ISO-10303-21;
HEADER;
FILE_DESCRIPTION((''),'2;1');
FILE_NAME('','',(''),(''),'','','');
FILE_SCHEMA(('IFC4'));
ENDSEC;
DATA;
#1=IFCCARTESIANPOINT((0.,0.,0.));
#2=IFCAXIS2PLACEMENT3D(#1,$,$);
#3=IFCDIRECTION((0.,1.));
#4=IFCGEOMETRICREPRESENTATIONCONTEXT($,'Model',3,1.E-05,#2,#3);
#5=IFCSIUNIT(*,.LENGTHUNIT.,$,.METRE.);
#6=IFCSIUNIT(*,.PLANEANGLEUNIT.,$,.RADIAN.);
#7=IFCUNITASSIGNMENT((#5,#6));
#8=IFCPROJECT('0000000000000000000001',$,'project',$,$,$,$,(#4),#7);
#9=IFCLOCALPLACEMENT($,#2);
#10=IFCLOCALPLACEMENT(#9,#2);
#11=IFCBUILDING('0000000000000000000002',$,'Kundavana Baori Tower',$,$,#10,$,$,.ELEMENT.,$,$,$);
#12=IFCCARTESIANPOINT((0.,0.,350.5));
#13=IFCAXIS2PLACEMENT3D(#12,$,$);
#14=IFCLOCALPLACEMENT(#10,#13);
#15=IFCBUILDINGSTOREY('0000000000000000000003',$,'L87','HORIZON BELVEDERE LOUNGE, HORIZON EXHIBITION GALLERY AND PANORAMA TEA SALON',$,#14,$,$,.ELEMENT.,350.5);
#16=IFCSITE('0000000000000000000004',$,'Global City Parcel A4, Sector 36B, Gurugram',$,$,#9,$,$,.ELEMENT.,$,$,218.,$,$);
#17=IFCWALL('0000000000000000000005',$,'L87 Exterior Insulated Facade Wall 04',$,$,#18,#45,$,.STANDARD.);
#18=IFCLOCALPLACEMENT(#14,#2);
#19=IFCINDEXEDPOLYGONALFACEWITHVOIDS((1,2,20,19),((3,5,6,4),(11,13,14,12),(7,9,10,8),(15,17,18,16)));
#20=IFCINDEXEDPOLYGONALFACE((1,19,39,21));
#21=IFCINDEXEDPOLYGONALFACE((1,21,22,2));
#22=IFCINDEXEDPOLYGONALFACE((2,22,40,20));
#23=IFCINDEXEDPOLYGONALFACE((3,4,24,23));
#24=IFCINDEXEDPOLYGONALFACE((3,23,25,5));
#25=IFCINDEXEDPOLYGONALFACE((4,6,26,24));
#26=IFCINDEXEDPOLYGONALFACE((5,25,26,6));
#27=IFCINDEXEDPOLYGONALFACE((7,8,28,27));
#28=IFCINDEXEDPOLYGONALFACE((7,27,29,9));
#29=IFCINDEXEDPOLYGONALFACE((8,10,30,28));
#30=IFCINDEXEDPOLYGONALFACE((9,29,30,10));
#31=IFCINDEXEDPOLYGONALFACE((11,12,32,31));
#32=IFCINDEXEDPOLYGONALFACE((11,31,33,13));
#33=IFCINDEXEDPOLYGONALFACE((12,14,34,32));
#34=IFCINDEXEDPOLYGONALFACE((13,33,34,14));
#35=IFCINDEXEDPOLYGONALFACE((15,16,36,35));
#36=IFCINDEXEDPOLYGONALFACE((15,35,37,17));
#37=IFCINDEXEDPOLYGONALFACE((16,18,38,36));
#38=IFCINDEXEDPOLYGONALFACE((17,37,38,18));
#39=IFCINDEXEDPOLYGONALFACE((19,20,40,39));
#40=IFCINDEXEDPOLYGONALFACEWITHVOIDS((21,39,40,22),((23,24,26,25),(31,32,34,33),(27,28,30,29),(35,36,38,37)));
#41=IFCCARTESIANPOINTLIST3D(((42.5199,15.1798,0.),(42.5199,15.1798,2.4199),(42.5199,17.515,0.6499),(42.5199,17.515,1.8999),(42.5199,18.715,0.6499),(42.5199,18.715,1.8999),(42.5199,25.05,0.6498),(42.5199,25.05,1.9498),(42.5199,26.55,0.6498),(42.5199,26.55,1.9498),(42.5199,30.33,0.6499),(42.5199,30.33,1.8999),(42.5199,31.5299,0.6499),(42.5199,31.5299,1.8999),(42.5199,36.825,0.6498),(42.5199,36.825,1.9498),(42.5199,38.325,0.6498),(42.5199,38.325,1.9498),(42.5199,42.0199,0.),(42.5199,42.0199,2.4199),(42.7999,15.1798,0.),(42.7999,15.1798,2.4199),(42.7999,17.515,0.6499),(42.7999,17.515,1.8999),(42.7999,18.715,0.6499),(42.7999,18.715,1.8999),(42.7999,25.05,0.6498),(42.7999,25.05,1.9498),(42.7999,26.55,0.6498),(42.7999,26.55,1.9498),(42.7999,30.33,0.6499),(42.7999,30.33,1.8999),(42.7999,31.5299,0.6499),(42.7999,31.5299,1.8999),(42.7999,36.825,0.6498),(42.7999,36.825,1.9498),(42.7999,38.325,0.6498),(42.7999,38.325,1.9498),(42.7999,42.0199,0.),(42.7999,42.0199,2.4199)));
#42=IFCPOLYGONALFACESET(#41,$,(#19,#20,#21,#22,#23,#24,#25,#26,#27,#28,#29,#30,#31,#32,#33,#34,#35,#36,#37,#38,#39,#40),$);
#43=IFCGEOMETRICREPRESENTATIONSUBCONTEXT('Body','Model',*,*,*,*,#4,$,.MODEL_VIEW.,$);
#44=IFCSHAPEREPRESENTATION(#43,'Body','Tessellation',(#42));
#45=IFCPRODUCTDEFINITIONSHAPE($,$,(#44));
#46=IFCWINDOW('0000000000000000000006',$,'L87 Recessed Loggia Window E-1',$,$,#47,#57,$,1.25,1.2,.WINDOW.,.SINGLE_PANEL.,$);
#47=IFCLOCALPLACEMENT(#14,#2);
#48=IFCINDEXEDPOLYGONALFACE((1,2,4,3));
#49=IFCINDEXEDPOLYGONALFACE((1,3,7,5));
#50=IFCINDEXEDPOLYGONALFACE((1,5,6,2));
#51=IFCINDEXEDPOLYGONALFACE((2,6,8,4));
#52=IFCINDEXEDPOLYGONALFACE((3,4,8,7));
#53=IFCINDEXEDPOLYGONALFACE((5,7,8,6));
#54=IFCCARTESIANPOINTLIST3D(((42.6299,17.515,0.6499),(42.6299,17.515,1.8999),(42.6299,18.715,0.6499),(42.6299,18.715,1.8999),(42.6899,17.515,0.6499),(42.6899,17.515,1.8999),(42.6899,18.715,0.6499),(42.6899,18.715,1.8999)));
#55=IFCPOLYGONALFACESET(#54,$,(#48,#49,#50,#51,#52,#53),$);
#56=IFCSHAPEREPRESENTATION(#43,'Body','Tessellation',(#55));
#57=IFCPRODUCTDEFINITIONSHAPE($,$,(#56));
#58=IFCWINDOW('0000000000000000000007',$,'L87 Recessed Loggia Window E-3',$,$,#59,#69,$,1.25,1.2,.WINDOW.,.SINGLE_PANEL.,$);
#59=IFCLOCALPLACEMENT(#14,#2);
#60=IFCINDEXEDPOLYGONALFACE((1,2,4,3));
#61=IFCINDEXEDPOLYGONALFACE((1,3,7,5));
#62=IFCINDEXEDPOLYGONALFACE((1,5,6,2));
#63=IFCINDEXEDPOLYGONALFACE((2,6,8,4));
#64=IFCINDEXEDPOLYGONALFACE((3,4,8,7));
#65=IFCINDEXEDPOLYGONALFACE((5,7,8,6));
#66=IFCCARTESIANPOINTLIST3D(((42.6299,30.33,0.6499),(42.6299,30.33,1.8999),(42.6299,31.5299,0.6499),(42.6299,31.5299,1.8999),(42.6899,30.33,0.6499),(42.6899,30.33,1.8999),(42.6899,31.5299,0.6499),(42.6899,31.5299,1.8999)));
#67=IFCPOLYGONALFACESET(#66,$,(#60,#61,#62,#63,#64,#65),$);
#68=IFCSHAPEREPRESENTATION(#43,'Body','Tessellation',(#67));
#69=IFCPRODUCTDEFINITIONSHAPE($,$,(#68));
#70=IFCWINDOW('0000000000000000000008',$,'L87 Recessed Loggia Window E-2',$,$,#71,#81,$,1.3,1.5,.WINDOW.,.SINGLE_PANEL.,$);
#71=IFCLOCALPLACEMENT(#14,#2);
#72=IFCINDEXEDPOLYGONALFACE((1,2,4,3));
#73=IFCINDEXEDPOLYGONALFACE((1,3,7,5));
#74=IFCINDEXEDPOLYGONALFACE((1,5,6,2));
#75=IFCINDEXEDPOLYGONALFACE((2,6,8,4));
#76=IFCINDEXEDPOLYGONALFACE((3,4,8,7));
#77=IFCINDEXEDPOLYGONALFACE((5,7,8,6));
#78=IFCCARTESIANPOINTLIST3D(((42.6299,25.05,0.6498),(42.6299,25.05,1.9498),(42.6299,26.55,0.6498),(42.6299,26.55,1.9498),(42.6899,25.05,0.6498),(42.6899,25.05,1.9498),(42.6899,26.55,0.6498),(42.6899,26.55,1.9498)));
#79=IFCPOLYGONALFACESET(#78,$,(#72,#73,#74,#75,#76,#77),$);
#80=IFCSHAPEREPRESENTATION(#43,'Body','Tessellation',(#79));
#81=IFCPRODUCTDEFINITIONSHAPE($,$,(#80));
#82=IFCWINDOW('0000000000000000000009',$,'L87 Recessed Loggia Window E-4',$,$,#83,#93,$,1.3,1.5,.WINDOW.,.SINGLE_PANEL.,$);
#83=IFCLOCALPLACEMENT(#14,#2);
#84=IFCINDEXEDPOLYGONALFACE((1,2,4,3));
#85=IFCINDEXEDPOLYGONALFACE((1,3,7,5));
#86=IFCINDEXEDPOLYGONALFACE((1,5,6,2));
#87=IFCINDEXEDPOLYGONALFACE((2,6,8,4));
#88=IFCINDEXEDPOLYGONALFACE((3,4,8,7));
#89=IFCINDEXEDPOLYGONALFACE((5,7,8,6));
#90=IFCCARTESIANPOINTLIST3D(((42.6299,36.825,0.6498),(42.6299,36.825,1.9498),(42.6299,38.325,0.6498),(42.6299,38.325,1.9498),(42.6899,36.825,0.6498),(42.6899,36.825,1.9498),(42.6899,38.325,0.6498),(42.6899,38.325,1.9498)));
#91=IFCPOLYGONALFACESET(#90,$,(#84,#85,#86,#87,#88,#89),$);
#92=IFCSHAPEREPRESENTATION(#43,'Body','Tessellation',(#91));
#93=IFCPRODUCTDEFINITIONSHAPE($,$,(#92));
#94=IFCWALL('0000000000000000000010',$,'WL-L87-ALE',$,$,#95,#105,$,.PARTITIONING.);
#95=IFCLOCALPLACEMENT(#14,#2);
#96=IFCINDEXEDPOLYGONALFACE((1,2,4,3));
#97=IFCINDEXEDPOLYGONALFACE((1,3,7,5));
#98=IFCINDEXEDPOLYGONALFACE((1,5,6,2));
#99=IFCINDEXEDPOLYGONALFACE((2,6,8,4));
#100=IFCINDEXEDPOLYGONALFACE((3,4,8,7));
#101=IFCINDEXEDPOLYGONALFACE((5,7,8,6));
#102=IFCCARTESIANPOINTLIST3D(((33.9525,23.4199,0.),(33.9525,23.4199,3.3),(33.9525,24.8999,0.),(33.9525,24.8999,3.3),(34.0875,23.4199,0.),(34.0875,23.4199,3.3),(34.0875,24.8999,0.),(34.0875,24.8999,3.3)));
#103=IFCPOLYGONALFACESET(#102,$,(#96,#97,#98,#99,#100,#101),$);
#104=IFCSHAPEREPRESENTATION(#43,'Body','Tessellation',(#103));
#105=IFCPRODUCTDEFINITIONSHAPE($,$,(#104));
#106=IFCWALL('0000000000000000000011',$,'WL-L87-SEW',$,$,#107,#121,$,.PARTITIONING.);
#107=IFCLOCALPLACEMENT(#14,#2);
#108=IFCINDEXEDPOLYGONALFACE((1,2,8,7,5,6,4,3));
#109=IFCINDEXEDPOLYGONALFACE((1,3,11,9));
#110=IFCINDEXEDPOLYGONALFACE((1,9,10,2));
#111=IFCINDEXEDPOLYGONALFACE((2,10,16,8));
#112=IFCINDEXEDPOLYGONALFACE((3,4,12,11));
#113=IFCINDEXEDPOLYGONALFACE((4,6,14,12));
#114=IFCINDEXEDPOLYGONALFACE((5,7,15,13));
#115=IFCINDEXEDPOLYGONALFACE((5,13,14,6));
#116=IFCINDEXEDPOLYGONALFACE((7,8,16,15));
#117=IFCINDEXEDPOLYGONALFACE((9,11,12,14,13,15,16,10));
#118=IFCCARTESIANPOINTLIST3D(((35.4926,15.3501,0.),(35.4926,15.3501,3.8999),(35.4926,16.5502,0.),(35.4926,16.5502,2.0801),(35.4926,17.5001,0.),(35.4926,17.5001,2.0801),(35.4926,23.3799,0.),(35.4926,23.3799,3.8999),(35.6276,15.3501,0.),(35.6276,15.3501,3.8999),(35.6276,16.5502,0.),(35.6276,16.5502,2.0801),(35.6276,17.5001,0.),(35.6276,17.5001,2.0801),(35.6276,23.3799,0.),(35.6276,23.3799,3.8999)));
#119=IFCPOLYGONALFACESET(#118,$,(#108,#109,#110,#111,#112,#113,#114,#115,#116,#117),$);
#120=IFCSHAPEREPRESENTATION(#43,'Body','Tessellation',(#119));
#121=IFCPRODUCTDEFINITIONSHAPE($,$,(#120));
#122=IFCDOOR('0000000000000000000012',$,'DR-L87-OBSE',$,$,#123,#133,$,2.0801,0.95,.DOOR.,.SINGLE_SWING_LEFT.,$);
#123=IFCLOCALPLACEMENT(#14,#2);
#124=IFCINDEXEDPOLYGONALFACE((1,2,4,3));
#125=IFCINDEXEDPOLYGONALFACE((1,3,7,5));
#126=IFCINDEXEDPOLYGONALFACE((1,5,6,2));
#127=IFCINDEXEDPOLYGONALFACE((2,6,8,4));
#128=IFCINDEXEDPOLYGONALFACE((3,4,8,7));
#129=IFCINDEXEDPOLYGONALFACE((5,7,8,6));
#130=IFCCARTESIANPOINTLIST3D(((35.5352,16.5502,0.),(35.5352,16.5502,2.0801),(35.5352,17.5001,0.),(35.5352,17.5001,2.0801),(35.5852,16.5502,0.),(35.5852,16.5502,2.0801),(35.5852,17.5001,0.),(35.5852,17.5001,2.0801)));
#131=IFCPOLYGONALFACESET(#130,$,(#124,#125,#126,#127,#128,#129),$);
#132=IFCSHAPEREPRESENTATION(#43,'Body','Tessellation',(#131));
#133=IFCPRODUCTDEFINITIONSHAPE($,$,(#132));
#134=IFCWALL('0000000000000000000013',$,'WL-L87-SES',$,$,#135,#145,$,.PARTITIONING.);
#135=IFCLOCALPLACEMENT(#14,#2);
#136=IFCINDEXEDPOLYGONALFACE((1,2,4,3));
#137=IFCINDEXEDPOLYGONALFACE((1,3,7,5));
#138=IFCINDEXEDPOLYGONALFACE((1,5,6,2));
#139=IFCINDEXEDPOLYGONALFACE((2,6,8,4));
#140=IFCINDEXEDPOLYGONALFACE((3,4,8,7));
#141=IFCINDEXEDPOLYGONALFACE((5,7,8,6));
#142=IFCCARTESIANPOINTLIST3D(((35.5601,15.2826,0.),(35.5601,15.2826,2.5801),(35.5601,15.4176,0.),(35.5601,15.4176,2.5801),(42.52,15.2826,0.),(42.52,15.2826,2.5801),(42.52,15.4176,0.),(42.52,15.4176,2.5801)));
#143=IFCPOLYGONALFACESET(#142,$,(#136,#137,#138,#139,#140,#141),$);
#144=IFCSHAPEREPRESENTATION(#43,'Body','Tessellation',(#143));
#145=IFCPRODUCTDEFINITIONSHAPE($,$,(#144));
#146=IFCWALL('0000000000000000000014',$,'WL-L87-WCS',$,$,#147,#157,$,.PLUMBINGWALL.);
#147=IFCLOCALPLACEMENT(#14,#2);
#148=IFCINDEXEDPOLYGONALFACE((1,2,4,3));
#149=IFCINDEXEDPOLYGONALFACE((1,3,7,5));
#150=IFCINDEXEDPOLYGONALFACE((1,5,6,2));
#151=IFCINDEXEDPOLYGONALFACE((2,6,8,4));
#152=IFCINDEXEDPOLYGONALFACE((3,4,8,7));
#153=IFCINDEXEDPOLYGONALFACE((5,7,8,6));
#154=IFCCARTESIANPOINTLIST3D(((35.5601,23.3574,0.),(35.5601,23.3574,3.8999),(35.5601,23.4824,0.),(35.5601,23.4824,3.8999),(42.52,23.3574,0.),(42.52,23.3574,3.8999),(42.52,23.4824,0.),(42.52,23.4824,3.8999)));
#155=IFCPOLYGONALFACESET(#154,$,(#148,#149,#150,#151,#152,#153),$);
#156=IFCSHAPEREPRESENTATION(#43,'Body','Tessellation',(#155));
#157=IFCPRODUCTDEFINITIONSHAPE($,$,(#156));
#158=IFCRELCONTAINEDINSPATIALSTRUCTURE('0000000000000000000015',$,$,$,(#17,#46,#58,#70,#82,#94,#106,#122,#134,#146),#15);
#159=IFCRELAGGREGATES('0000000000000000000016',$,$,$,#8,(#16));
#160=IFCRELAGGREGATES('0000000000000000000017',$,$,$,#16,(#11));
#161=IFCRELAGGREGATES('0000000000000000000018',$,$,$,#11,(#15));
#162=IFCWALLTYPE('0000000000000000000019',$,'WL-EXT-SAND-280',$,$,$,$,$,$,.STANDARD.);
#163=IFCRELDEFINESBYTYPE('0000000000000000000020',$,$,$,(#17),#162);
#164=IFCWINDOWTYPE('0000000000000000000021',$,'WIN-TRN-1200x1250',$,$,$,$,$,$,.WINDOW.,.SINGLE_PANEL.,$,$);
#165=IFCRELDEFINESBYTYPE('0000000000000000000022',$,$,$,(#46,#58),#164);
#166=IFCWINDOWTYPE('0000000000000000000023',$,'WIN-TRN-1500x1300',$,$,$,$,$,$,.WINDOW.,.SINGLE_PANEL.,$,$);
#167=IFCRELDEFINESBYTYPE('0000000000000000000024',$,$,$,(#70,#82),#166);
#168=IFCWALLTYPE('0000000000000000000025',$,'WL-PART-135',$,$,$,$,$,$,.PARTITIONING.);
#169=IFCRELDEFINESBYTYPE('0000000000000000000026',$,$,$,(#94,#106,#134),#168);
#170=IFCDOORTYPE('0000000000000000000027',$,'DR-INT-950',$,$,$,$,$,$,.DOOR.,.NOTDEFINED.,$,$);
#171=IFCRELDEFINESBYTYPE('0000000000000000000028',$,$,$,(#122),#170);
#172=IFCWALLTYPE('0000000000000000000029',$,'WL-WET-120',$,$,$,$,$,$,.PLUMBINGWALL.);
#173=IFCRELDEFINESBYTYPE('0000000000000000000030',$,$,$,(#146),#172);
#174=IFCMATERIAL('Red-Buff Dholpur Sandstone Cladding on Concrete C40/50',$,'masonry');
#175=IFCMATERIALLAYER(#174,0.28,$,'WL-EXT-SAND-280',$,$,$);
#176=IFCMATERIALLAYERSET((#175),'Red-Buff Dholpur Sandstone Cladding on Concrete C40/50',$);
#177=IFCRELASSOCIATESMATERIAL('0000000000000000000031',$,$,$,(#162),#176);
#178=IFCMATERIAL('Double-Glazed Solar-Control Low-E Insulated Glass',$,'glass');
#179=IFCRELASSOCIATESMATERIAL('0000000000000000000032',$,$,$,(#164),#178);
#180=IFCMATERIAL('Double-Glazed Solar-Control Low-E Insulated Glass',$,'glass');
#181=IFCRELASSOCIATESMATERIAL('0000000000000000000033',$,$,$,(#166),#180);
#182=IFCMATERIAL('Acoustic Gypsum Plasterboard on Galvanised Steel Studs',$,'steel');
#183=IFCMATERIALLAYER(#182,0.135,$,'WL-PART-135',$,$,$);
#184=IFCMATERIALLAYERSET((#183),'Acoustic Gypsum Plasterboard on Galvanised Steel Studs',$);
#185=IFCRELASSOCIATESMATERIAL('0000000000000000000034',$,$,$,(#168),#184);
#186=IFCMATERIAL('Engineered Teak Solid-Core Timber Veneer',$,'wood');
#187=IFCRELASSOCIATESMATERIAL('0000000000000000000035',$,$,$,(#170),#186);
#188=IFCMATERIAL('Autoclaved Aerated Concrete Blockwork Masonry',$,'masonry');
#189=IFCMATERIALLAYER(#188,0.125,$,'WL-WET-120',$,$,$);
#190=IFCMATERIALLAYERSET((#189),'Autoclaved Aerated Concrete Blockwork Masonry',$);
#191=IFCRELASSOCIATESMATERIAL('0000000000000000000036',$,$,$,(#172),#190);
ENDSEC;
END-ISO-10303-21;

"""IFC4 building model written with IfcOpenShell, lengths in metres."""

from ifc_helpers import new_model, si_unit, direction, frame, frame_2d, origin, place, context, subcontext, project, spatial, rectangle, extrude, material, layer, layer_set, type_object, element, fill, save


model = new_model("IFC4")

# Units and contexts
model_context = context("Model", 3, precision=1e-05, world=origin(), true_north=direction((0.0, 1.0)))
body_context = subcontext(model_context, "Body", "Model", "MODEL_VIEW")
ifc_project = project(units=[si_unit("LENGTHUNIT", "METRE"), si_unit("PLANEANGLEUNIT", "RADIAN")], contexts=[model_context])

# Site, building, storey
site_placement = place(None, origin())
site = spatial("IfcSite", under=ifc_project, at=site_placement, Name="Global City Parcel A4, Sector 36B, Gurugram", CompositionType="ELEMENT", RefElevation=218.0)
building_placement = place(site_placement, origin())
building = spatial("IfcBuilding", under=site, at=building_placement, Name="Kundavana Baori Tower", CompositionType="ELEMENT")
storey_placement = place(building_placement, frame((0.0, 0.0, 350.5)))
storey = spatial("IfcBuildingStorey", under=building, at=storey_placement, Name="L87", Description="HORIZON BELVEDERE LOUNGE, HORIZON EXHIBITION GALLERY AND PANORAMA TEA SALON", CompositionType="ELEMENT", Elevation=350.5)

# Shared definitions
ifc_material_1 = material(Name="Red-Buff Dholpur Sandstone Cladding on Concrete C40/50", Category="masonry")
ifc_layer_1 = layer(ifc_material_1, 0.28, Name="WL-EXT-SAND-280")
ifc_layer_set_1 = layer_set([ifc_layer_1], Name="Red-Buff Dholpur Sandstone Cladding on Concrete C40/50")
wall_type_1 = type_object("IfcWallType", Name="WL-EXT-SAND-280", PredefinedType="STANDARD", material=ifc_layer_set_1)

# Wall, openings, windows
wall_1_placement = place(storey_placement, frame((42.6599, 15.1799, 0.0), z_axis=(0.0, 0.0, 1.0), x_axis=(0.0, 1.0, 0.0)))
wall_1 = element("IfcWall", 1, at=wall_1_placement, inside=storey, type_object=wall_type_1, Name="L87 Exterior Insulated Facade Wall 04", PredefinedType="STANDARD", context=body_context, shape_type="SweptSolid", body=[
    extrude(rectangle(XDim=26.8401, YDim=0.28, at=frame_2d((13.4199, 0.0))), origin(), (0.0, 0.0, 1.0), 2.4199),
])
opening_1_placement = place(wall_1_placement, frame((2.335, 0.0, 0.6499)))
opening_1 = element("IfcOpeningElement", 2, at=opening_1_placement, cuts=wall_1, PredefinedType="OPENING", context=body_context, shape_type="SweptSolid", body=[
    extrude(rectangle(XDim=1.2, YDim=1.25, at=frame_2d((0.6001, 0.625))), frame((0.0, 0.1499, 0.0), z_axis=(0.0, -1.0, 0.0), x_axis=(1.0, 0.0, 0.0)), (0.0, 0.0, 1.0), 0.3),
])
opening_2_placement = place(wall_1_placement, frame((9.8701, 0.0, 0.6499)))
opening_2 = element("IfcOpeningElement", 3, at=opening_2_placement, cuts=wall_1, PredefinedType="OPENING", context=body_context, shape_type="SweptSolid", body=[
    extrude(rectangle(XDim=1.5, YDim=1.3, at=frame_2d((0.75, 0.6499))), frame((0.0, 0.1499, 0.0), z_axis=(0.0, -1.0, 0.0), x_axis=(1.0, 0.0, 0.0)), (0.0, 0.0, 1.0), 0.3),
])
opening_3_placement = place(wall_1_placement, frame((15.1499, 0.0, 0.6499)))
opening_3 = element("IfcOpeningElement", 4, at=opening_3_placement, cuts=wall_1, PredefinedType="OPENING", context=body_context, shape_type="SweptSolid", body=[
    extrude(rectangle(XDim=1.2, YDim=1.25, at=frame_2d((0.6001, 0.625))), frame((0.0, 0.1499, 0.0), z_axis=(0.0, -1.0, 0.0), x_axis=(1.0, 0.0, 0.0)), (0.0, 0.0, 1.0), 0.3),
])
opening_4_placement = place(wall_1_placement, frame((21.645, 0.0, 0.6499)))
opening_4 = element("IfcOpeningElement", 5, at=opening_4_placement, cuts=wall_1, PredefinedType="OPENING", context=body_context, shape_type="SweptSolid", body=[
    extrude(rectangle(XDim=1.5, YDim=1.3, at=frame_2d((0.75, 0.6499))), frame((0.0, 0.1499, 0.0), z_axis=(0.0, -1.0, 0.0), x_axis=(1.0, 0.0, 0.0)), (0.0, 0.0, 1.0), 0.3),
])
ifc_material_2 = material(Name="Double-Glazed Solar-Control Low-E Insulated Glass", Category="glass")
window_type_1 = type_object("IfcWindowType", Name="WIN-TRN-1200x1250", PartitioningType="SINGLE_PANEL", PredefinedType="WINDOW", material=ifc_material_2)
window_1_placement = place(opening_1_placement, origin())
window_1 = element("IfcWindow", 6, at=window_1_placement, inside=storey, type_object=window_type_1, Name="L87 Recessed Loggia Window E-1", OverallHeight=1.25, OverallWidth=1.2, PartitioningType="SINGLE_PANEL", PredefinedType="WINDOW", context=body_context, shape_type="SweptSolid", body=[
    extrude(rectangle(XDim=1.2, YDim=1.25, at=frame_2d((0.6001, 0.625))), frame((0.0, 0.03, 0.0), z_axis=(0.0, -1.0, 0.0), x_axis=(1.0, 0.0, 0.0)), (0.0, 0.0, 1.0), 0.0601),
])
fill(opening_1, window_1)
window_2_placement = place(opening_3_placement, origin())
window_2 = element("IfcWindow", 7, at=window_2_placement, inside=storey, type_object=window_type_1, Name="L87 Recessed Loggia Window E-3", OverallHeight=1.25, OverallWidth=1.2, PartitioningType="SINGLE_PANEL", PredefinedType="WINDOW", context=body_context, shape_type="SweptSolid", body=[
    extrude(rectangle(XDim=1.2, YDim=1.25, at=frame_2d((0.6001, 0.625))), frame((0.0, 0.03, 0.0), z_axis=(0.0, -1.0, 0.0), x_axis=(1.0, 0.0, 0.0)), (0.0, 0.0, 1.0), 0.0601),
])
fill(opening_3, window_2)
ifc_material_3 = material(Name="Double-Glazed Solar-Control Low-E Insulated Glass", Category="glass")
window_type_2 = type_object("IfcWindowType", Name="WIN-TRN-1500x1300", PartitioningType="SINGLE_PANEL", PredefinedType="WINDOW", material=ifc_material_3)
window_3_placement = place(opening_2_placement, origin())
window_3 = element("IfcWindow", 8, at=window_3_placement, inside=storey, type_object=window_type_2, Name="L87 Recessed Loggia Window E-2", OverallHeight=1.3, OverallWidth=1.5, PartitioningType="SINGLE_PANEL", PredefinedType="WINDOW", context=body_context, shape_type="SweptSolid", body=[
    extrude(rectangle(XDim=1.5, YDim=1.3, at=frame_2d((0.75, 0.6499))), frame((0.0, 0.03, 0.0), z_axis=(0.0, -1.0, 0.0), x_axis=(1.0, 0.0, 0.0)), (0.0, 0.0, 1.0), 0.0601),
])
fill(opening_2, window_3)
window_4_placement = place(opening_4_placement, origin())
window_4 = element("IfcWindow", 9, at=window_4_placement, inside=storey, type_object=window_type_2, Name="L87 Recessed Loggia Window E-4", OverallHeight=1.3, OverallWidth=1.5, PartitioningType="SINGLE_PANEL", PredefinedType="WINDOW", context=body_context, shape_type="SweptSolid", body=[
    extrude(rectangle(XDim=1.5, YDim=1.3, at=frame_2d((0.75, 0.6499))), frame((0.0, 0.03, 0.0), z_axis=(0.0, -1.0, 0.0), x_axis=(1.0, 0.0, 0.0)), (0.0, 0.0, 1.0), 0.0601),
])
fill(opening_4, window_4)

# Wall
ifc_material_4 = material(Name="Acoustic Gypsum Plasterboard on Galvanised Steel Studs", Category="steel")
ifc_layer_2 = layer(ifc_material_4, 0.135, Name="WL-PART-135")
ifc_layer_set_2 = layer_set([ifc_layer_2], Name="Acoustic Gypsum Plasterboard on Galvanised Steel Studs")
wall_type_2 = type_object("IfcWallType", Name="WL-PART-135", PredefinedType="PARTITIONING", material=ifc_layer_set_2)
wall_2_placement = place(storey_placement, frame((34.02, 23.4199, 0.0), z_axis=(0.0, 0.0, 1.0), x_axis=(0.0, 1.0, 0.0)))
element("IfcWall", 10, at=wall_2_placement, inside=storey, type_object=wall_type_2, Name="WL-L87-ALE", PredefinedType="PARTITIONING", context=body_context, shape_type="SweptSolid", body=[
    extrude(rectangle(XDim=1.48, YDim=0.135, at=frame_2d((0.74, 0.0))), origin(), (0.0, 0.0, 1.0), 3.3),
])

# Wall, opening, door
wall_3_placement = place(storey_placement, frame((35.5601, 15.3501, 0.0), z_axis=(0.0, 0.0, 1.0), x_axis=(0.0, 1.0, 0.0)))
wall_3 = element("IfcWall", 11, at=wall_3_placement, inside=storey, type_object=wall_type_2, Name="WL-L87-SEW", PredefinedType="PARTITIONING", context=body_context, shape_type="SweptSolid", body=[
    extrude(rectangle(XDim=8.0298, YDim=0.135, at=frame_2d((4.0149, 0.0))), origin(), (0.0, 0.0, 1.0), 3.8999),
])
opening_5_placement = place(wall_3_placement, frame((1.2, 0.0, 0.0)))
opening_5 = element("IfcOpeningElement", 12, at=opening_5_placement, cuts=wall_3, PredefinedType="OPENING", context=body_context, shape_type="SweptSolid", body=[
    extrude(rectangle(XDim=0.95, YDim=2.0801, at=frame_2d((0.4751, 1.04))), frame((0.0, 0.0776, 0.0), z_axis=(0.0, -1.0, 0.0), x_axis=(1.0, 0.0, 0.0)), (0.0, 0.0, 1.0), 0.155),
])
ifc_material_5 = material(Name="Engineered Teak Solid-Core Timber Veneer", Category="wood")
door_type_1 = type_object("IfcDoorType", Name="DR-INT-950", OperationType="NOTDEFINED", PredefinedType="DOOR", material=ifc_material_5)
door_1_placement = place(opening_5_placement, origin())
door_1 = element("IfcDoor", 13, at=door_1_placement, inside=storey, type_object=door_type_1, Name="DR-L87-OBSE", OperationType="SINGLE_SWING_LEFT", OverallHeight=2.0801, OverallWidth=0.95, PredefinedType="DOOR", context=body_context, shape_type="SweptSolid", body=[
    extrude(rectangle(XDim=0.95, YDim=2.0801, at=frame_2d((0.4751, 1.04))), frame((0.0, 0.0249, 0.0), z_axis=(0.0, -1.0, 0.0), x_axis=(1.0, 0.0, 0.0)), (0.0, 0.0, 1.0), 0.05),
])
fill(opening_5, door_1)

# Walls
wall_4_placement = place(storey_placement, frame((35.5601, 15.3501, 0.0), z_axis=(0.0, 0.0, 1.0), x_axis=(1.0, 0.0, 0.0)))
element("IfcWall", 14, at=wall_4_placement, inside=storey, type_object=wall_type_2, Name="WL-L87-SES", PredefinedType="PARTITIONING", context=body_context, shape_type="SweptSolid", body=[
    extrude(rectangle(XDim=6.96, YDim=0.135, at=frame_2d((3.48, 0.0))), origin(), (0.0, 0.0, 1.0), 2.5801),
])
ifc_material_6 = material(Name="Autoclaved Aerated Concrete Blockwork Masonry", Category="masonry")
ifc_layer_3 = layer(ifc_material_6, 0.125, Name="WL-WET-120")
ifc_layer_set_3 = layer_set([ifc_layer_3], Name="Autoclaved Aerated Concrete Blockwork Masonry")
wall_type_3 = type_object("IfcWallType", Name="WL-WET-120", PredefinedType="PLUMBINGWALL", material=ifc_layer_set_3)
wall_5_placement = place(storey_placement, frame((35.5601, 23.4199, 0.0), z_axis=(0.0, 0.0, 1.0), x_axis=(1.0, 0.0, 0.0)))
element("IfcWall", 15, at=wall_5_placement, inside=storey, type_object=wall_type_3, Name="WL-L87-WCS", PredefinedType="PLUMBINGWALL", context=body_context, shape_type="SweptSolid", body=[
    extrude(rectangle(XDim=6.96, YDim=0.125, at=frame_2d((3.48, 0.0))), origin(), (0.0, 0.0, 1.0), 3.8999),
])

save(model, "model.ifc")
